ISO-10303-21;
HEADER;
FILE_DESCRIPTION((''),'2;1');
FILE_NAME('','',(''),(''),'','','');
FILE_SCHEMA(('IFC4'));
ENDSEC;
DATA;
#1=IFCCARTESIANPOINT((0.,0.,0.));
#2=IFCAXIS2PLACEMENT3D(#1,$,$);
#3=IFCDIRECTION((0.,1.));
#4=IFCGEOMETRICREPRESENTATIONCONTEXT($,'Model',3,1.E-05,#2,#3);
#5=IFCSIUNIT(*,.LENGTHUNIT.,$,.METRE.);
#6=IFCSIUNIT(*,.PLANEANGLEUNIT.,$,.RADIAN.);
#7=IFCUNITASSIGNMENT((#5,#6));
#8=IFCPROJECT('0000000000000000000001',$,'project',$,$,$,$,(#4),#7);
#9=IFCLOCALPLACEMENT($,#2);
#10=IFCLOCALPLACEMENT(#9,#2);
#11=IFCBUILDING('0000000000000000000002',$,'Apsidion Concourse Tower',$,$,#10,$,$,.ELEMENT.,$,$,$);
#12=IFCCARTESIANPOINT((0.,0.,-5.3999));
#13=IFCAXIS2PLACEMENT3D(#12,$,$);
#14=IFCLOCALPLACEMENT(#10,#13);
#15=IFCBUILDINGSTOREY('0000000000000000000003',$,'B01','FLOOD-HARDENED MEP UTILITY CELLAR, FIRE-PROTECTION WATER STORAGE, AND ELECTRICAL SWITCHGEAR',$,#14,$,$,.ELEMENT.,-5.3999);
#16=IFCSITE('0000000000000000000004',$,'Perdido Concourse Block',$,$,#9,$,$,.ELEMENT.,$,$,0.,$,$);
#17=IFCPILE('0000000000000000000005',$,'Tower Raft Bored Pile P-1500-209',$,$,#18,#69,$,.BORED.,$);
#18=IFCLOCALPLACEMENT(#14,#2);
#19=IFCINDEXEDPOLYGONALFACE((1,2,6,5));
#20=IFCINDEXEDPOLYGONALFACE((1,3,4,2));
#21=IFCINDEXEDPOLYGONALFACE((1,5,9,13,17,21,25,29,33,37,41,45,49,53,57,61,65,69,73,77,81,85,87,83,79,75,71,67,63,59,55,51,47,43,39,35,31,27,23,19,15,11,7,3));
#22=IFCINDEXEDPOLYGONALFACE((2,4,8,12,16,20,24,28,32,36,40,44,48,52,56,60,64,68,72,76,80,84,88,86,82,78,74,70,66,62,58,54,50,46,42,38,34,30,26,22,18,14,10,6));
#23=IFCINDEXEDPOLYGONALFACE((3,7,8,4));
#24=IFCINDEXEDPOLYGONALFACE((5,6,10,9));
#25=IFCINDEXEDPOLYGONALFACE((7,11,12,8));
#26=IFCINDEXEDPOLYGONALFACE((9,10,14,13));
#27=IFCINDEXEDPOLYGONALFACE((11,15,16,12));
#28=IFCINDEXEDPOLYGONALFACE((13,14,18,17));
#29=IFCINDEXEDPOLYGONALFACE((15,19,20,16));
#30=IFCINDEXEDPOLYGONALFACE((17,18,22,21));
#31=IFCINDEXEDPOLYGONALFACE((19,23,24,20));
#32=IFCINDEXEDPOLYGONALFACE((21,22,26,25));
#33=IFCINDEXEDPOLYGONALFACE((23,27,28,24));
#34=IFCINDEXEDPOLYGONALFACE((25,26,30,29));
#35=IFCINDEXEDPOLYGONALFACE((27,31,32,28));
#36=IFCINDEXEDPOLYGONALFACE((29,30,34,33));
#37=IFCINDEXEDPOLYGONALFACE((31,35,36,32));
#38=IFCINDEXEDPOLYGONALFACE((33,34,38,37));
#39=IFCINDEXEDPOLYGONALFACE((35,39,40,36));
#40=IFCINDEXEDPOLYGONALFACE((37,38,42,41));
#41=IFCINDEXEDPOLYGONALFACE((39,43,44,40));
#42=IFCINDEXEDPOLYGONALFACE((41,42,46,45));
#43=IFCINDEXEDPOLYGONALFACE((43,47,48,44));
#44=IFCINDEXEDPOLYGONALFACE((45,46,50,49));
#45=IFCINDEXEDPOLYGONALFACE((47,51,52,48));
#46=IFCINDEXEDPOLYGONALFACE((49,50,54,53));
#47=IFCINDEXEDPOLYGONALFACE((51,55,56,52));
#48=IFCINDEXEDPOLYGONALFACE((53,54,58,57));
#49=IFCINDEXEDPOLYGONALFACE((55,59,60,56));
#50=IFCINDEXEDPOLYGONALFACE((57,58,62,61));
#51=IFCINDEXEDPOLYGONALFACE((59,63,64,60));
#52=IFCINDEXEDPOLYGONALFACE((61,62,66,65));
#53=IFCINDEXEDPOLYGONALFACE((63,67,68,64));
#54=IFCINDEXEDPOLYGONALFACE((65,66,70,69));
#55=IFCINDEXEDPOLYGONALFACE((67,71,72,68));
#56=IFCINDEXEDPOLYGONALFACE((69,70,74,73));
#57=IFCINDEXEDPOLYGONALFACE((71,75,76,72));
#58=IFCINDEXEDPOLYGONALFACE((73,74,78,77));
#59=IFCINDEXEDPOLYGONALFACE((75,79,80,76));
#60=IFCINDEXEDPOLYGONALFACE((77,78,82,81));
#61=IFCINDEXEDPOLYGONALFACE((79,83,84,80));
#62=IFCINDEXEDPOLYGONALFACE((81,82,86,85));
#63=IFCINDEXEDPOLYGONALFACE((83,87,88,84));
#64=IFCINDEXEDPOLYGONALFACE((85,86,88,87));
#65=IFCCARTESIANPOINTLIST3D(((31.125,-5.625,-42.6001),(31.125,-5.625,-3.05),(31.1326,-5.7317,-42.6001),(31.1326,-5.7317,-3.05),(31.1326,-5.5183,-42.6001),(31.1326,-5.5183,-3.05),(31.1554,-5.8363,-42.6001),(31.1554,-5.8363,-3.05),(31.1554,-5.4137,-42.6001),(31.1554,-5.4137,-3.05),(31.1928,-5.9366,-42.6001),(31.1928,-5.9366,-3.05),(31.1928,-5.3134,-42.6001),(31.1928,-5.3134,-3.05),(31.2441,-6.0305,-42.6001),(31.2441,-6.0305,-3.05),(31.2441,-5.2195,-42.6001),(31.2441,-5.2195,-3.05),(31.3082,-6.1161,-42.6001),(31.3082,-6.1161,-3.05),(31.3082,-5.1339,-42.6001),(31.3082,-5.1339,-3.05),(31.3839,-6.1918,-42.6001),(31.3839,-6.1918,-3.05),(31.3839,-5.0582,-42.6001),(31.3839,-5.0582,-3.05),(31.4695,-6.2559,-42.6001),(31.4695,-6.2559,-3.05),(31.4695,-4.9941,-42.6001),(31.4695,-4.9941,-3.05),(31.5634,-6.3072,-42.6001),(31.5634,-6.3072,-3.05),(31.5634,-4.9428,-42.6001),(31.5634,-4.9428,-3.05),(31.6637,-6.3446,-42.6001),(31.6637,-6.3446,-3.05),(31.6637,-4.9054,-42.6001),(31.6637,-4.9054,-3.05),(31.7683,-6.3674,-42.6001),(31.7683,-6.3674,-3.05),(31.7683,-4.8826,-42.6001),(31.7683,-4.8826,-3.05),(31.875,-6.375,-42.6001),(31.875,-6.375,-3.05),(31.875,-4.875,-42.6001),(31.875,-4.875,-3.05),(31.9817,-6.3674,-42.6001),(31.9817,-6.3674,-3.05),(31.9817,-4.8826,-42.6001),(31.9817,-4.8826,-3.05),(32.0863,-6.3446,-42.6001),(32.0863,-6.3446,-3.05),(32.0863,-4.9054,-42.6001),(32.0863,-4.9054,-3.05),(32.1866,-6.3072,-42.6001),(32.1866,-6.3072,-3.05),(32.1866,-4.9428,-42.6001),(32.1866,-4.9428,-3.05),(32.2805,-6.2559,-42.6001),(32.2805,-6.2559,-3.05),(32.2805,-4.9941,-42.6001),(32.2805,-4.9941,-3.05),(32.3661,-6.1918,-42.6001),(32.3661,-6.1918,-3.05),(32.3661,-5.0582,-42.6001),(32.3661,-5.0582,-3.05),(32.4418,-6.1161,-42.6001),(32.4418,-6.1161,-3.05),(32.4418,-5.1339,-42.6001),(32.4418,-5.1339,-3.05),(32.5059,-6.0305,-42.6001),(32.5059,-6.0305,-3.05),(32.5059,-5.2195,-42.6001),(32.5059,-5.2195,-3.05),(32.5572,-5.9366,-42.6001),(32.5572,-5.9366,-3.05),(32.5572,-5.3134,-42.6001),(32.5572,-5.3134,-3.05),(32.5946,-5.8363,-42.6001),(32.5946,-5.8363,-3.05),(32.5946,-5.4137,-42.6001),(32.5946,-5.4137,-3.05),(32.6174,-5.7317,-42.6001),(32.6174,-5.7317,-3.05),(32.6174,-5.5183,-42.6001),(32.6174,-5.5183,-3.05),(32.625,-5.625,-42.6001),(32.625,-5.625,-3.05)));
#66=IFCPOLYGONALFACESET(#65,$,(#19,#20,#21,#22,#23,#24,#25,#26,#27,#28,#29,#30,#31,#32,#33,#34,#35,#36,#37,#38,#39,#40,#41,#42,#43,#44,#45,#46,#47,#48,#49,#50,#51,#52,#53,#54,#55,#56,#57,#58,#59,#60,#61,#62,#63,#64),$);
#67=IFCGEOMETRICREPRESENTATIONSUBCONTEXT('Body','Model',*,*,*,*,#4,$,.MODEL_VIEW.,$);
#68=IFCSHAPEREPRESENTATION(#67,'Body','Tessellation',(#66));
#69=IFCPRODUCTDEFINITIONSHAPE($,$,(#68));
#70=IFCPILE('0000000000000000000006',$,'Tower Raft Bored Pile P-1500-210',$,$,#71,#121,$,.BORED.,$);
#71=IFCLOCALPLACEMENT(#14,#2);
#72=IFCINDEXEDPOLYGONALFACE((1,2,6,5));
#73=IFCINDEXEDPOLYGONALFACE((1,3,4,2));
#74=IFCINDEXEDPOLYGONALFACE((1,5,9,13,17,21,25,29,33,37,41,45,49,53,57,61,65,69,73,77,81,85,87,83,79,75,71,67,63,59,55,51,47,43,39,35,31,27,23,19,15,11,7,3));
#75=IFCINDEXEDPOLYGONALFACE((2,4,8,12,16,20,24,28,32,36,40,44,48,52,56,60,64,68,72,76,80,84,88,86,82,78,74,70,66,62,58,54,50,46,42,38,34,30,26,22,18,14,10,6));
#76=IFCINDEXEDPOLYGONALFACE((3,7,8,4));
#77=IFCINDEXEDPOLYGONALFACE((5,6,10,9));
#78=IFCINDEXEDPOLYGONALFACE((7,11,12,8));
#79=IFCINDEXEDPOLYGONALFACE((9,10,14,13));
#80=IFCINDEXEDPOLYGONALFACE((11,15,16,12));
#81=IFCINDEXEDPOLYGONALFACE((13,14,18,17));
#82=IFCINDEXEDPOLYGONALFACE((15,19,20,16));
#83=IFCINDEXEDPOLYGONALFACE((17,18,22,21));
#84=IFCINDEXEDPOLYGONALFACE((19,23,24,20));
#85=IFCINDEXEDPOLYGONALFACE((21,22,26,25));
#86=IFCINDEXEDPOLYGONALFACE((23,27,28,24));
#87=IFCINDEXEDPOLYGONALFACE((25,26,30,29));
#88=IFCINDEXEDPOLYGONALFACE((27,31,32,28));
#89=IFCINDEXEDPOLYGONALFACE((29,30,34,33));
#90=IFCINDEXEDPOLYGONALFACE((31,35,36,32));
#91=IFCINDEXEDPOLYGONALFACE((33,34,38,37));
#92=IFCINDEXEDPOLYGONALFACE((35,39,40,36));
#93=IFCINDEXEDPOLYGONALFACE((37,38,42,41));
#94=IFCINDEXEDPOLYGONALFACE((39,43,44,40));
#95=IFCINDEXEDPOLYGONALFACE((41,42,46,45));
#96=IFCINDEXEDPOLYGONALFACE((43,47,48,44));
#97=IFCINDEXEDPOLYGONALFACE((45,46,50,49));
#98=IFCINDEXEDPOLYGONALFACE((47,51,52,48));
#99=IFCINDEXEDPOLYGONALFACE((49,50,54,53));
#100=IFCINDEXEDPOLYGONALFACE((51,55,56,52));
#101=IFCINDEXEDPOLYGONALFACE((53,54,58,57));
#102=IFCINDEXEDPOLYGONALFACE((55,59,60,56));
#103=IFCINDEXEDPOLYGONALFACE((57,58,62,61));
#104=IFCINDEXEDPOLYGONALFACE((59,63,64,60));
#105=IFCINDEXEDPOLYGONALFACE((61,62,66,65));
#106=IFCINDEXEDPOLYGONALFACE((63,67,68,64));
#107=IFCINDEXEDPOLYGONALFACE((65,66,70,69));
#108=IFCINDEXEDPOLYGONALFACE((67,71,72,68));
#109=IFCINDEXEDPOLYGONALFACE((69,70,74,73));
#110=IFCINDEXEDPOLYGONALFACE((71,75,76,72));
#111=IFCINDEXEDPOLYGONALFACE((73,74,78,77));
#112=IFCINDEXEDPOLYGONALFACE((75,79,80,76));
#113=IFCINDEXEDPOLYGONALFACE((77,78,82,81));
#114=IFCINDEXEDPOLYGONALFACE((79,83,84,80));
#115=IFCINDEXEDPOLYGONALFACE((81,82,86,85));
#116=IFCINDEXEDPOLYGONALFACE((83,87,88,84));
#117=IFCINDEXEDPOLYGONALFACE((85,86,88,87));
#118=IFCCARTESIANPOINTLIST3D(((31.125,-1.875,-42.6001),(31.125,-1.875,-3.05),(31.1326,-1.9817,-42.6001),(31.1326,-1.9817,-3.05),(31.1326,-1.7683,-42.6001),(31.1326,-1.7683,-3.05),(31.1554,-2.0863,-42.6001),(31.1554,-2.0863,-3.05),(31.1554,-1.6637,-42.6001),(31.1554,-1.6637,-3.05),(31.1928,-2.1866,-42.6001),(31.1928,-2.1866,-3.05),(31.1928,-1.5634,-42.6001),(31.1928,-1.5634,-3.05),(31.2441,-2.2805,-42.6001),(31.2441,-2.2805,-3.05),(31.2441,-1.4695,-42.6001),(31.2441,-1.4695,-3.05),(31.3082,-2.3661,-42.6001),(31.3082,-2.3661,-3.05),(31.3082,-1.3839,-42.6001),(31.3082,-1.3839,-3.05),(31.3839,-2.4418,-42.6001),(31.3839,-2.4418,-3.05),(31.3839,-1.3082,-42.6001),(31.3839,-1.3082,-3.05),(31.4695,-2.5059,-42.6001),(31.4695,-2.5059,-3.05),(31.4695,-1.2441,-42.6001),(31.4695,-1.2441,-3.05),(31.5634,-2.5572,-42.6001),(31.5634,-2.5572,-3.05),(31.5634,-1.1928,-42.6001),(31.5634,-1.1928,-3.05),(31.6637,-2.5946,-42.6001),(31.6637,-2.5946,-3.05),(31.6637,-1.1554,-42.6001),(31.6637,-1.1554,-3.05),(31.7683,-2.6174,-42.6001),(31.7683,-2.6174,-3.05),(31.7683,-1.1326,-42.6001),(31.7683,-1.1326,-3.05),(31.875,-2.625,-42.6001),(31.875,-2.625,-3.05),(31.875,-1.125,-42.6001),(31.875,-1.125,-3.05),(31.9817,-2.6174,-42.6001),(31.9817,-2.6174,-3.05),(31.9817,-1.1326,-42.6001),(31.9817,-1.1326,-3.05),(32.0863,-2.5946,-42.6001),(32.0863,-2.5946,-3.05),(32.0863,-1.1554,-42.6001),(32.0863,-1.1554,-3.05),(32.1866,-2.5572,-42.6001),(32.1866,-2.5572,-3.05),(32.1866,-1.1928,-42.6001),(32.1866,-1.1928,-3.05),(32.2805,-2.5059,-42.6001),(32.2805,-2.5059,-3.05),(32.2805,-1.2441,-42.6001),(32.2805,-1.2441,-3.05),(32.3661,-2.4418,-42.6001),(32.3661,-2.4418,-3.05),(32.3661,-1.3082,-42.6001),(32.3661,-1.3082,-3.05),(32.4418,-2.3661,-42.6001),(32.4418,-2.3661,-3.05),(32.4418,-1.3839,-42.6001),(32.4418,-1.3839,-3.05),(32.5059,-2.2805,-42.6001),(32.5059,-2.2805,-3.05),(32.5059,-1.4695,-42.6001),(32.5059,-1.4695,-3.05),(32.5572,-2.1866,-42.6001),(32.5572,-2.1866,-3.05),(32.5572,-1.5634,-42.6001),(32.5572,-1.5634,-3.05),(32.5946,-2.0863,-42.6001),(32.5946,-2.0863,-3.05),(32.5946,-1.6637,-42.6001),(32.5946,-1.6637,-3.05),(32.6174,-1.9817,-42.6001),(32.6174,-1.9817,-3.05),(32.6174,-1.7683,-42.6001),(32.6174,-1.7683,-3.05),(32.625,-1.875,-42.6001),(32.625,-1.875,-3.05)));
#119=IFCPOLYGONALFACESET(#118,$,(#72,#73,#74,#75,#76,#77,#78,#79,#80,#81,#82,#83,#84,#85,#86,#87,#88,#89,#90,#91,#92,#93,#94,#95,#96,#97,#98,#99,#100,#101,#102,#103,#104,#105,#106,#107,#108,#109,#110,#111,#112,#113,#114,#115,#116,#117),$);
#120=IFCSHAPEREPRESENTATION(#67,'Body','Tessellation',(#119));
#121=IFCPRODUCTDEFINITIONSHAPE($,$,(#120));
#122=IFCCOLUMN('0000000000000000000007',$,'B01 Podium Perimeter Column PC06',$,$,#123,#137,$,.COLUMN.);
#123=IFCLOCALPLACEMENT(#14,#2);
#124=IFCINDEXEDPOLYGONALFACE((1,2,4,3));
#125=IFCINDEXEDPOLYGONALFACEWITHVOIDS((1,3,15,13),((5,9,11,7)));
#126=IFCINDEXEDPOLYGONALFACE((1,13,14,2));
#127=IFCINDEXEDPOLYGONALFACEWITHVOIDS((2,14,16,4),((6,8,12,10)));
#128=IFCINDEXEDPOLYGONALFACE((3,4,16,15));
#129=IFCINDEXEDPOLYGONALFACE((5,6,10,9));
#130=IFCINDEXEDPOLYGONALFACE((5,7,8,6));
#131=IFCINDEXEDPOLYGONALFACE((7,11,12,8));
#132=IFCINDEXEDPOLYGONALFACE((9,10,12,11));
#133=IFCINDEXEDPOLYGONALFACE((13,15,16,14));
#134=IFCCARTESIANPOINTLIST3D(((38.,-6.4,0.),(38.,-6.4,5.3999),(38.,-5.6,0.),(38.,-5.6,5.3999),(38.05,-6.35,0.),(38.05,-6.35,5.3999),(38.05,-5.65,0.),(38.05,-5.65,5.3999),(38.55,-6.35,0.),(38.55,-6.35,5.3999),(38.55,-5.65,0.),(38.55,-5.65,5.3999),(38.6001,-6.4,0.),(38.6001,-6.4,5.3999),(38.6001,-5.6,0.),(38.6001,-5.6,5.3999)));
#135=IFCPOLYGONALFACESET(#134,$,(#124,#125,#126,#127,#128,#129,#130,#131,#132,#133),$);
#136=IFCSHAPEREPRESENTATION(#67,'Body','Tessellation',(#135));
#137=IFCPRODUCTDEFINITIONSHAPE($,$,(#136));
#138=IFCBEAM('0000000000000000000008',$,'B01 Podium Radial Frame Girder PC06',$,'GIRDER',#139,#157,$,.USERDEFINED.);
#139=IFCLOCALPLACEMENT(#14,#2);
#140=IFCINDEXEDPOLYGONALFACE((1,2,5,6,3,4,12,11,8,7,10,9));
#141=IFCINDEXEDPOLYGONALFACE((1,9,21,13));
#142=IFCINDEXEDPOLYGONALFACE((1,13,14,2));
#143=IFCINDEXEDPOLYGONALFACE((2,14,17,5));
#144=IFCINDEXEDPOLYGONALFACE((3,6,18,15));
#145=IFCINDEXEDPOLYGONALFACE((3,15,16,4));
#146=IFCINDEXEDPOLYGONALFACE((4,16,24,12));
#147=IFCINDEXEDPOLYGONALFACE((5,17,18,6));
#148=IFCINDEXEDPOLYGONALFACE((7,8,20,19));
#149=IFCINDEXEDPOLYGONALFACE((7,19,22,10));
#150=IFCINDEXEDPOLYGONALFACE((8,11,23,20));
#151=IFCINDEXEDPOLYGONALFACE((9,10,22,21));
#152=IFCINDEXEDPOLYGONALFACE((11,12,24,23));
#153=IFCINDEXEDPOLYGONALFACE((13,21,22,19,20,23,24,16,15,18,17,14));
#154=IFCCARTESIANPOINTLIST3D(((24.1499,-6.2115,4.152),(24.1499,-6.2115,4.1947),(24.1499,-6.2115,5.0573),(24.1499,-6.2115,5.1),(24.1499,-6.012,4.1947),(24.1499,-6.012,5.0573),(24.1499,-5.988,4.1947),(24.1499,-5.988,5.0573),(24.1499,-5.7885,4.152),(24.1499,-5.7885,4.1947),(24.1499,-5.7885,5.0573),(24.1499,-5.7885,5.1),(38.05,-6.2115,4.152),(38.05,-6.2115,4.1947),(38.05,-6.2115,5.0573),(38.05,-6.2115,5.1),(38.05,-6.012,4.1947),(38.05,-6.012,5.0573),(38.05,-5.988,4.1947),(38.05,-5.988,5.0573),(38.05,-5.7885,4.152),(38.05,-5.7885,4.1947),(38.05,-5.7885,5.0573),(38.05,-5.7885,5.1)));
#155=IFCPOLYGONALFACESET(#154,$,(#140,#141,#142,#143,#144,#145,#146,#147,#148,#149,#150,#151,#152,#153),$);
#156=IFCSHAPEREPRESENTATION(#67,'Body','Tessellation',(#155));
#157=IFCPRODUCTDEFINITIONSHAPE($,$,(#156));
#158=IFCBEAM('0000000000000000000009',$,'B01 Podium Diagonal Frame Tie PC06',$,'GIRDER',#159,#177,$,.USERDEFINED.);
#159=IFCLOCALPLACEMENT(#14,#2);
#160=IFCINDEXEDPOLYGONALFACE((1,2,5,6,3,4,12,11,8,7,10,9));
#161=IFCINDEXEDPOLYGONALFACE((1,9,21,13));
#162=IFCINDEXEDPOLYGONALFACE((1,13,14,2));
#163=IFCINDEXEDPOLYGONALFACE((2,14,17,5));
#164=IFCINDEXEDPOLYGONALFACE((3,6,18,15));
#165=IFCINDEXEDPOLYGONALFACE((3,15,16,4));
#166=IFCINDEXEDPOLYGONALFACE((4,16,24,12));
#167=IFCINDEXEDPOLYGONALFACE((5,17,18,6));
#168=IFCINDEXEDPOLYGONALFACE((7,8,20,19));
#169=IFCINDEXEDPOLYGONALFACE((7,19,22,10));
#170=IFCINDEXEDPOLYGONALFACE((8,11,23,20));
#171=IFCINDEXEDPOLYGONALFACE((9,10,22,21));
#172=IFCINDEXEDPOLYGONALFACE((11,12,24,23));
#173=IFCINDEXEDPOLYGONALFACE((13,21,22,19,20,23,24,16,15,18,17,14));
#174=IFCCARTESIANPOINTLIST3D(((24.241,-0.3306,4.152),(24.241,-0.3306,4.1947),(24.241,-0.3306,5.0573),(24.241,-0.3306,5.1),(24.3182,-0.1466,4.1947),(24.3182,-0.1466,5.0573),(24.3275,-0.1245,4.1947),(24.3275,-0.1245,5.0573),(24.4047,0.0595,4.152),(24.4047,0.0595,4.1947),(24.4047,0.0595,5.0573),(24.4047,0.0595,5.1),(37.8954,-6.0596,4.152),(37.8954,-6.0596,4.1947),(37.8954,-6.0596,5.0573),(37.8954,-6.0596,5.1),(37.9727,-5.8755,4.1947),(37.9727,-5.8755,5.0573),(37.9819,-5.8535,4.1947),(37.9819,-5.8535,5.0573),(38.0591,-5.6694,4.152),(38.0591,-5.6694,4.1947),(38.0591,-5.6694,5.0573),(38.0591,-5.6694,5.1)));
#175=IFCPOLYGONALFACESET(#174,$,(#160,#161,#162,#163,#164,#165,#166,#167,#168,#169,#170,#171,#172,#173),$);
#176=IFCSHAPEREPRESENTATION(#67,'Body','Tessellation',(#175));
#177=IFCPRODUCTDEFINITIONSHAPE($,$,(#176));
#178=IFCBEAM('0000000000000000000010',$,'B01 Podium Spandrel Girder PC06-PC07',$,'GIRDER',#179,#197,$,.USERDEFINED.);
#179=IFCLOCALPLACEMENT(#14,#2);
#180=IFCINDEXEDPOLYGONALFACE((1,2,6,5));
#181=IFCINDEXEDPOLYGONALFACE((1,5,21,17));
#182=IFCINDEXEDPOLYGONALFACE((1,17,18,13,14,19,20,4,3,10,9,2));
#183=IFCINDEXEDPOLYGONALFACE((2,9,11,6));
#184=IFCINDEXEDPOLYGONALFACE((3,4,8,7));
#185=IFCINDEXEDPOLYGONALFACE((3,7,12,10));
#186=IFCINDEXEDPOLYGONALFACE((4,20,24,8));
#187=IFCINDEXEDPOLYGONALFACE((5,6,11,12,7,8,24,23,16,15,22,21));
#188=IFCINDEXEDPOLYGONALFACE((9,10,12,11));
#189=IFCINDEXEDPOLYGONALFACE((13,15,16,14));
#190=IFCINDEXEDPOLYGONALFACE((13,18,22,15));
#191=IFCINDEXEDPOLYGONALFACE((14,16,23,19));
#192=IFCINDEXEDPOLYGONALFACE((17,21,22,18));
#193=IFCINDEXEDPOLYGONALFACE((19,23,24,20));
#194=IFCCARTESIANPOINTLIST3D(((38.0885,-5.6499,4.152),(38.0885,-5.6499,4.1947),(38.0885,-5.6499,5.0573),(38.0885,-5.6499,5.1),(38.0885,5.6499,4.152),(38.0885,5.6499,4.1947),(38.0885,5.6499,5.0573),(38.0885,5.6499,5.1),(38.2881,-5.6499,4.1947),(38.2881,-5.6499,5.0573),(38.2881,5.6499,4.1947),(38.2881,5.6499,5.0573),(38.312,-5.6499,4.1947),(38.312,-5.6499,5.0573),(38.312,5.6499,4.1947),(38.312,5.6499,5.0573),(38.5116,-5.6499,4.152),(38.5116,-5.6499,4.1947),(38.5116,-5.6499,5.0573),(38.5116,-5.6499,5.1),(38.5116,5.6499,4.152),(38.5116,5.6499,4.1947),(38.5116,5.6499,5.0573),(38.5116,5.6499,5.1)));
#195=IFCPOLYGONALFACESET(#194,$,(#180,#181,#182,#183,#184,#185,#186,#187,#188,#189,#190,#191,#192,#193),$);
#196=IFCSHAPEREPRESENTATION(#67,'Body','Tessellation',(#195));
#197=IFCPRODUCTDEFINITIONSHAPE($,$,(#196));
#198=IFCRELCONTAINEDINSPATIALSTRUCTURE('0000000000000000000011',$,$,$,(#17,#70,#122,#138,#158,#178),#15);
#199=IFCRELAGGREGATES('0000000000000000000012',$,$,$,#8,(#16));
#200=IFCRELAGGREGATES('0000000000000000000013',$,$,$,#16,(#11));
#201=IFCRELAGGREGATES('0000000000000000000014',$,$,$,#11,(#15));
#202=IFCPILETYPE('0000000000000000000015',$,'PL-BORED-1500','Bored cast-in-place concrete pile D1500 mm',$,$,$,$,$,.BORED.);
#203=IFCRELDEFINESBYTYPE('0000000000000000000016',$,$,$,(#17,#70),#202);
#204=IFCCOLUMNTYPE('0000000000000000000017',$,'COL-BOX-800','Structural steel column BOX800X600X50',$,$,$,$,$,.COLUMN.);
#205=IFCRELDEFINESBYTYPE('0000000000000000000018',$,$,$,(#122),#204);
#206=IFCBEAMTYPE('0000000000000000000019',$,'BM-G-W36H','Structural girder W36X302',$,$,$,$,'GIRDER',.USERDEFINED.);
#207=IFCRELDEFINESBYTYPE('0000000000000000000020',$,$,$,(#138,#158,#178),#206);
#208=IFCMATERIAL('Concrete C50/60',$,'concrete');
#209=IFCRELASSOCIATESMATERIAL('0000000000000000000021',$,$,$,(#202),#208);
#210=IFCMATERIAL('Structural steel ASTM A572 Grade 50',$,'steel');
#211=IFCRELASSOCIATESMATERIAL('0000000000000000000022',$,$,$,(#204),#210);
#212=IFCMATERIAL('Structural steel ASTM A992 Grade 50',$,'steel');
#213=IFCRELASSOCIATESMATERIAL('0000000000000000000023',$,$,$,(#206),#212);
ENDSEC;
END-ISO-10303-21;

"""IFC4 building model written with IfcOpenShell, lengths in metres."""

from ifc_helpers import new_model, si_unit, direction, frame, origin, origin_2d, place, context, subcontext, project, spatial, hollow_rectangle, circle, i_section, extrude, material, material_profile, profile_set, type_object, element, save


model = new_model("IFC4")

# Units and contexts
model_context = context("Model", 3, precision=1e-05, world=origin(), true_north=direction((0.0, 1.0)))
body_context = subcontext(model_context, "Body", "Model", "MODEL_VIEW")
ifc_project = project(units=[si_unit("LENGTHUNIT", "METRE"), si_unit("PLANEANGLEUNIT", "RADIAN")], contexts=[model_context])

# Site, building, storey
site_placement = place(None, origin())
site = spatial("IfcSite", under=ifc_project, at=site_placement, Name="Perdido Concourse Block", CompositionType="ELEMENT", RefElevation=0.0)
building_placement = place(site_placement, origin())
building = spatial("IfcBuilding", under=site, at=building_placement, Name="Apsidion Concourse Tower", CompositionType="ELEMENT")
storey_placement = place(building_placement, frame((0.0, 0.0, -5.3999)))
storey = spatial("IfcBuildingStorey", under=building, at=storey_placement, Name="B01", Description="FLOOD-HARDENED MEP UTILITY CELLAR, FIRE-PROTECTION WATER STORAGE, AND ELECTRICAL SWITCHGEAR", CompositionType="ELEMENT", Elevation=-5.3999)

# Shared definitions
ifc_material_1 = material(Name="Concrete C50/60", Category="concrete")

# Piles
ifc_material_profile_1 = material_profile(ifc_material_1, circle(Radius=0.75, at=origin_2d()), Name="BORED PILE D1500")
ifc_profile_set_1 = profile_set([ifc_material_profile_1], Name="Concrete C50/60")
pile_type_1 = type_object("IfcPileType", Name="PL-BORED-1500", Description="Bored cast-in-place concrete pile D1500 mm", PredefinedType="BORED", material=ifc_profile_set_1)
for number, where, z_axis, x_axis, name in (
    (1, (31.875, -5.625, -3.05), (0.0, 0.0, -1.0), (1.0, 0.0, 0.0), "Tower Raft Bored Pile P-1500-209"),
    (2, (31.875, -1.875, -3.05), (0.0, 0.0, -1.0), (1.0, 0.0, 0.0), "Tower Raft Bored Pile P-1500-210"),
):
    element("IfcPile", number, at=place(storey_placement, frame(where, z_axis=z_axis, x_axis=x_axis)), inside=storey, type_object=pile_type_1, Name=name, PredefinedType="BORED", context=body_context, shape_type="SweptSolid", body=[
        extrude(circle(Radius=0.75, at=origin_2d()), origin(), (0.0, 0.0, 1.0), 39.55),
    ])

# Column
ifc_material_2 = material(Name="Structural steel ASTM A572 Grade 50", Category="steel")
ifc_material_profile_2 = material_profile(ifc_material_2, hollow_rectangle(XDim=0.6001, YDim=0.8, WallThickness=0.05, at=origin_2d()), Name="BOX800X600X50")
ifc_profile_set_2 = profile_set([ifc_material_profile_2], Name="Structural steel ASTM A572 Grade 50")
column_type = type_object("IfcColumnType", Name="COL-BOX-800", Description="Structural steel column BOX800X600X50", PredefinedType="COLUMN", material=ifc_profile_set_2)
column_placement = place(storey_placement, frame((38.3, -6.0, 0.0), z_axis=(0.0, 0.0, 1.0), x_axis=(1.0, 0.0, 0.0)))
element("IfcColumn", 3, at=column_placement, inside=storey, type_object=column_type, Name="B01 Podium Perimeter Column PC06", PredefinedType="COLUMN", context=body_context, shape_type="SweptSolid", body=[
    extrude(hollow_rectangle(XDim=0.6001, YDim=0.8, WallThickness=0.05, at=origin_2d()), origin(), (0.0, 0.0, 1.0), 5.3999),
])

# Beams
ifc_material_3 = material(Name="Structural steel ASTM A992 Grade 50", Category="steel")
ifc_material_profile_3 = material_profile(ifc_material_3, i_section(OverallWidth=0.4231, OverallDepth=0.948, WebThickness=0.0239, FlangeThickness=0.0427, at=origin_2d()), Name="W36X302")
ifc_profile_set_3 = profile_set([ifc_material_profile_3], Name="Structural steel ASTM A992 Grade 50")
beam_type_1 = type_object("IfcBeamType", Name="BM-G-W36H", Description="Structural girder W36X302", ElementType="GIRDER", PredefinedType="USERDEFINED", material=ifc_profile_set_3)
beam_1_placement = place(storey_placement, frame((38.05, -6.0, 4.626), z_axis=(-1.0, 0.0, 0.0), x_axis=(0.0, -1.0, 0.0)))
element("IfcBeam", 4, at=beam_1_placement, inside=storey, type_object=beam_type_1, Name="B01 Podium Radial Frame Girder PC06", ObjectType="GIRDER", PredefinedType="USERDEFINED", context=body_context, shape_type="SweptSolid", body=[
    extrude(i_section(OverallWidth=0.4231, OverallDepth=0.948, WebThickness=0.0239, FlangeThickness=0.0427, at=origin_2d()), origin(), (0.0, 0.0, 1.0), 13.9001),
])
beam_2_placement = place(storey_placement, frame((37.9773, -5.8645, 4.626), z_axis=(-0.922124, 0.386894, 0.0), x_axis=(-0.386894, -0.922124, 0.0)))
element("IfcBeam", 5, at=beam_2_placement, inside=storey, type_object=beam_type_1, Name="B01 Podium Diagonal Frame Tie PC06", ObjectType="GIRDER", PredefinedType="USERDEFINED", context=body_context, shape_type="SweptSolid", body=[
    extrude(i_section(OverallWidth=0.4231, OverallDepth=0.948, WebThickness=0.0239, FlangeThickness=0.0427, at=origin_2d()), origin(), (0.0, 0.0, 1.0), 14.8076),
])
beam_3_placement = place(storey_placement, frame((38.3, -5.6499, 4.626), z_axis=(0.0, 1.0, 0.0), x_axis=(-1.0, 0.0, 0.0)))
element("IfcBeam", 6, at=beam_3_placement, inside=storey, type_object=beam_type_1, Name="B01 Podium Spandrel Girder PC06-PC07", ObjectType="GIRDER", PredefinedType="USERDEFINED", context=body_context, shape_type="SweptSolid", body=[
    extrude(i_section(OverallWidth=0.4231, OverallDepth=0.948, WebThickness=0.0239, FlangeThickness=0.0427, at=origin_2d()), origin(), (0.0, 0.0, 1.0), 11.2998),
])

save(model, "model.ifc")
